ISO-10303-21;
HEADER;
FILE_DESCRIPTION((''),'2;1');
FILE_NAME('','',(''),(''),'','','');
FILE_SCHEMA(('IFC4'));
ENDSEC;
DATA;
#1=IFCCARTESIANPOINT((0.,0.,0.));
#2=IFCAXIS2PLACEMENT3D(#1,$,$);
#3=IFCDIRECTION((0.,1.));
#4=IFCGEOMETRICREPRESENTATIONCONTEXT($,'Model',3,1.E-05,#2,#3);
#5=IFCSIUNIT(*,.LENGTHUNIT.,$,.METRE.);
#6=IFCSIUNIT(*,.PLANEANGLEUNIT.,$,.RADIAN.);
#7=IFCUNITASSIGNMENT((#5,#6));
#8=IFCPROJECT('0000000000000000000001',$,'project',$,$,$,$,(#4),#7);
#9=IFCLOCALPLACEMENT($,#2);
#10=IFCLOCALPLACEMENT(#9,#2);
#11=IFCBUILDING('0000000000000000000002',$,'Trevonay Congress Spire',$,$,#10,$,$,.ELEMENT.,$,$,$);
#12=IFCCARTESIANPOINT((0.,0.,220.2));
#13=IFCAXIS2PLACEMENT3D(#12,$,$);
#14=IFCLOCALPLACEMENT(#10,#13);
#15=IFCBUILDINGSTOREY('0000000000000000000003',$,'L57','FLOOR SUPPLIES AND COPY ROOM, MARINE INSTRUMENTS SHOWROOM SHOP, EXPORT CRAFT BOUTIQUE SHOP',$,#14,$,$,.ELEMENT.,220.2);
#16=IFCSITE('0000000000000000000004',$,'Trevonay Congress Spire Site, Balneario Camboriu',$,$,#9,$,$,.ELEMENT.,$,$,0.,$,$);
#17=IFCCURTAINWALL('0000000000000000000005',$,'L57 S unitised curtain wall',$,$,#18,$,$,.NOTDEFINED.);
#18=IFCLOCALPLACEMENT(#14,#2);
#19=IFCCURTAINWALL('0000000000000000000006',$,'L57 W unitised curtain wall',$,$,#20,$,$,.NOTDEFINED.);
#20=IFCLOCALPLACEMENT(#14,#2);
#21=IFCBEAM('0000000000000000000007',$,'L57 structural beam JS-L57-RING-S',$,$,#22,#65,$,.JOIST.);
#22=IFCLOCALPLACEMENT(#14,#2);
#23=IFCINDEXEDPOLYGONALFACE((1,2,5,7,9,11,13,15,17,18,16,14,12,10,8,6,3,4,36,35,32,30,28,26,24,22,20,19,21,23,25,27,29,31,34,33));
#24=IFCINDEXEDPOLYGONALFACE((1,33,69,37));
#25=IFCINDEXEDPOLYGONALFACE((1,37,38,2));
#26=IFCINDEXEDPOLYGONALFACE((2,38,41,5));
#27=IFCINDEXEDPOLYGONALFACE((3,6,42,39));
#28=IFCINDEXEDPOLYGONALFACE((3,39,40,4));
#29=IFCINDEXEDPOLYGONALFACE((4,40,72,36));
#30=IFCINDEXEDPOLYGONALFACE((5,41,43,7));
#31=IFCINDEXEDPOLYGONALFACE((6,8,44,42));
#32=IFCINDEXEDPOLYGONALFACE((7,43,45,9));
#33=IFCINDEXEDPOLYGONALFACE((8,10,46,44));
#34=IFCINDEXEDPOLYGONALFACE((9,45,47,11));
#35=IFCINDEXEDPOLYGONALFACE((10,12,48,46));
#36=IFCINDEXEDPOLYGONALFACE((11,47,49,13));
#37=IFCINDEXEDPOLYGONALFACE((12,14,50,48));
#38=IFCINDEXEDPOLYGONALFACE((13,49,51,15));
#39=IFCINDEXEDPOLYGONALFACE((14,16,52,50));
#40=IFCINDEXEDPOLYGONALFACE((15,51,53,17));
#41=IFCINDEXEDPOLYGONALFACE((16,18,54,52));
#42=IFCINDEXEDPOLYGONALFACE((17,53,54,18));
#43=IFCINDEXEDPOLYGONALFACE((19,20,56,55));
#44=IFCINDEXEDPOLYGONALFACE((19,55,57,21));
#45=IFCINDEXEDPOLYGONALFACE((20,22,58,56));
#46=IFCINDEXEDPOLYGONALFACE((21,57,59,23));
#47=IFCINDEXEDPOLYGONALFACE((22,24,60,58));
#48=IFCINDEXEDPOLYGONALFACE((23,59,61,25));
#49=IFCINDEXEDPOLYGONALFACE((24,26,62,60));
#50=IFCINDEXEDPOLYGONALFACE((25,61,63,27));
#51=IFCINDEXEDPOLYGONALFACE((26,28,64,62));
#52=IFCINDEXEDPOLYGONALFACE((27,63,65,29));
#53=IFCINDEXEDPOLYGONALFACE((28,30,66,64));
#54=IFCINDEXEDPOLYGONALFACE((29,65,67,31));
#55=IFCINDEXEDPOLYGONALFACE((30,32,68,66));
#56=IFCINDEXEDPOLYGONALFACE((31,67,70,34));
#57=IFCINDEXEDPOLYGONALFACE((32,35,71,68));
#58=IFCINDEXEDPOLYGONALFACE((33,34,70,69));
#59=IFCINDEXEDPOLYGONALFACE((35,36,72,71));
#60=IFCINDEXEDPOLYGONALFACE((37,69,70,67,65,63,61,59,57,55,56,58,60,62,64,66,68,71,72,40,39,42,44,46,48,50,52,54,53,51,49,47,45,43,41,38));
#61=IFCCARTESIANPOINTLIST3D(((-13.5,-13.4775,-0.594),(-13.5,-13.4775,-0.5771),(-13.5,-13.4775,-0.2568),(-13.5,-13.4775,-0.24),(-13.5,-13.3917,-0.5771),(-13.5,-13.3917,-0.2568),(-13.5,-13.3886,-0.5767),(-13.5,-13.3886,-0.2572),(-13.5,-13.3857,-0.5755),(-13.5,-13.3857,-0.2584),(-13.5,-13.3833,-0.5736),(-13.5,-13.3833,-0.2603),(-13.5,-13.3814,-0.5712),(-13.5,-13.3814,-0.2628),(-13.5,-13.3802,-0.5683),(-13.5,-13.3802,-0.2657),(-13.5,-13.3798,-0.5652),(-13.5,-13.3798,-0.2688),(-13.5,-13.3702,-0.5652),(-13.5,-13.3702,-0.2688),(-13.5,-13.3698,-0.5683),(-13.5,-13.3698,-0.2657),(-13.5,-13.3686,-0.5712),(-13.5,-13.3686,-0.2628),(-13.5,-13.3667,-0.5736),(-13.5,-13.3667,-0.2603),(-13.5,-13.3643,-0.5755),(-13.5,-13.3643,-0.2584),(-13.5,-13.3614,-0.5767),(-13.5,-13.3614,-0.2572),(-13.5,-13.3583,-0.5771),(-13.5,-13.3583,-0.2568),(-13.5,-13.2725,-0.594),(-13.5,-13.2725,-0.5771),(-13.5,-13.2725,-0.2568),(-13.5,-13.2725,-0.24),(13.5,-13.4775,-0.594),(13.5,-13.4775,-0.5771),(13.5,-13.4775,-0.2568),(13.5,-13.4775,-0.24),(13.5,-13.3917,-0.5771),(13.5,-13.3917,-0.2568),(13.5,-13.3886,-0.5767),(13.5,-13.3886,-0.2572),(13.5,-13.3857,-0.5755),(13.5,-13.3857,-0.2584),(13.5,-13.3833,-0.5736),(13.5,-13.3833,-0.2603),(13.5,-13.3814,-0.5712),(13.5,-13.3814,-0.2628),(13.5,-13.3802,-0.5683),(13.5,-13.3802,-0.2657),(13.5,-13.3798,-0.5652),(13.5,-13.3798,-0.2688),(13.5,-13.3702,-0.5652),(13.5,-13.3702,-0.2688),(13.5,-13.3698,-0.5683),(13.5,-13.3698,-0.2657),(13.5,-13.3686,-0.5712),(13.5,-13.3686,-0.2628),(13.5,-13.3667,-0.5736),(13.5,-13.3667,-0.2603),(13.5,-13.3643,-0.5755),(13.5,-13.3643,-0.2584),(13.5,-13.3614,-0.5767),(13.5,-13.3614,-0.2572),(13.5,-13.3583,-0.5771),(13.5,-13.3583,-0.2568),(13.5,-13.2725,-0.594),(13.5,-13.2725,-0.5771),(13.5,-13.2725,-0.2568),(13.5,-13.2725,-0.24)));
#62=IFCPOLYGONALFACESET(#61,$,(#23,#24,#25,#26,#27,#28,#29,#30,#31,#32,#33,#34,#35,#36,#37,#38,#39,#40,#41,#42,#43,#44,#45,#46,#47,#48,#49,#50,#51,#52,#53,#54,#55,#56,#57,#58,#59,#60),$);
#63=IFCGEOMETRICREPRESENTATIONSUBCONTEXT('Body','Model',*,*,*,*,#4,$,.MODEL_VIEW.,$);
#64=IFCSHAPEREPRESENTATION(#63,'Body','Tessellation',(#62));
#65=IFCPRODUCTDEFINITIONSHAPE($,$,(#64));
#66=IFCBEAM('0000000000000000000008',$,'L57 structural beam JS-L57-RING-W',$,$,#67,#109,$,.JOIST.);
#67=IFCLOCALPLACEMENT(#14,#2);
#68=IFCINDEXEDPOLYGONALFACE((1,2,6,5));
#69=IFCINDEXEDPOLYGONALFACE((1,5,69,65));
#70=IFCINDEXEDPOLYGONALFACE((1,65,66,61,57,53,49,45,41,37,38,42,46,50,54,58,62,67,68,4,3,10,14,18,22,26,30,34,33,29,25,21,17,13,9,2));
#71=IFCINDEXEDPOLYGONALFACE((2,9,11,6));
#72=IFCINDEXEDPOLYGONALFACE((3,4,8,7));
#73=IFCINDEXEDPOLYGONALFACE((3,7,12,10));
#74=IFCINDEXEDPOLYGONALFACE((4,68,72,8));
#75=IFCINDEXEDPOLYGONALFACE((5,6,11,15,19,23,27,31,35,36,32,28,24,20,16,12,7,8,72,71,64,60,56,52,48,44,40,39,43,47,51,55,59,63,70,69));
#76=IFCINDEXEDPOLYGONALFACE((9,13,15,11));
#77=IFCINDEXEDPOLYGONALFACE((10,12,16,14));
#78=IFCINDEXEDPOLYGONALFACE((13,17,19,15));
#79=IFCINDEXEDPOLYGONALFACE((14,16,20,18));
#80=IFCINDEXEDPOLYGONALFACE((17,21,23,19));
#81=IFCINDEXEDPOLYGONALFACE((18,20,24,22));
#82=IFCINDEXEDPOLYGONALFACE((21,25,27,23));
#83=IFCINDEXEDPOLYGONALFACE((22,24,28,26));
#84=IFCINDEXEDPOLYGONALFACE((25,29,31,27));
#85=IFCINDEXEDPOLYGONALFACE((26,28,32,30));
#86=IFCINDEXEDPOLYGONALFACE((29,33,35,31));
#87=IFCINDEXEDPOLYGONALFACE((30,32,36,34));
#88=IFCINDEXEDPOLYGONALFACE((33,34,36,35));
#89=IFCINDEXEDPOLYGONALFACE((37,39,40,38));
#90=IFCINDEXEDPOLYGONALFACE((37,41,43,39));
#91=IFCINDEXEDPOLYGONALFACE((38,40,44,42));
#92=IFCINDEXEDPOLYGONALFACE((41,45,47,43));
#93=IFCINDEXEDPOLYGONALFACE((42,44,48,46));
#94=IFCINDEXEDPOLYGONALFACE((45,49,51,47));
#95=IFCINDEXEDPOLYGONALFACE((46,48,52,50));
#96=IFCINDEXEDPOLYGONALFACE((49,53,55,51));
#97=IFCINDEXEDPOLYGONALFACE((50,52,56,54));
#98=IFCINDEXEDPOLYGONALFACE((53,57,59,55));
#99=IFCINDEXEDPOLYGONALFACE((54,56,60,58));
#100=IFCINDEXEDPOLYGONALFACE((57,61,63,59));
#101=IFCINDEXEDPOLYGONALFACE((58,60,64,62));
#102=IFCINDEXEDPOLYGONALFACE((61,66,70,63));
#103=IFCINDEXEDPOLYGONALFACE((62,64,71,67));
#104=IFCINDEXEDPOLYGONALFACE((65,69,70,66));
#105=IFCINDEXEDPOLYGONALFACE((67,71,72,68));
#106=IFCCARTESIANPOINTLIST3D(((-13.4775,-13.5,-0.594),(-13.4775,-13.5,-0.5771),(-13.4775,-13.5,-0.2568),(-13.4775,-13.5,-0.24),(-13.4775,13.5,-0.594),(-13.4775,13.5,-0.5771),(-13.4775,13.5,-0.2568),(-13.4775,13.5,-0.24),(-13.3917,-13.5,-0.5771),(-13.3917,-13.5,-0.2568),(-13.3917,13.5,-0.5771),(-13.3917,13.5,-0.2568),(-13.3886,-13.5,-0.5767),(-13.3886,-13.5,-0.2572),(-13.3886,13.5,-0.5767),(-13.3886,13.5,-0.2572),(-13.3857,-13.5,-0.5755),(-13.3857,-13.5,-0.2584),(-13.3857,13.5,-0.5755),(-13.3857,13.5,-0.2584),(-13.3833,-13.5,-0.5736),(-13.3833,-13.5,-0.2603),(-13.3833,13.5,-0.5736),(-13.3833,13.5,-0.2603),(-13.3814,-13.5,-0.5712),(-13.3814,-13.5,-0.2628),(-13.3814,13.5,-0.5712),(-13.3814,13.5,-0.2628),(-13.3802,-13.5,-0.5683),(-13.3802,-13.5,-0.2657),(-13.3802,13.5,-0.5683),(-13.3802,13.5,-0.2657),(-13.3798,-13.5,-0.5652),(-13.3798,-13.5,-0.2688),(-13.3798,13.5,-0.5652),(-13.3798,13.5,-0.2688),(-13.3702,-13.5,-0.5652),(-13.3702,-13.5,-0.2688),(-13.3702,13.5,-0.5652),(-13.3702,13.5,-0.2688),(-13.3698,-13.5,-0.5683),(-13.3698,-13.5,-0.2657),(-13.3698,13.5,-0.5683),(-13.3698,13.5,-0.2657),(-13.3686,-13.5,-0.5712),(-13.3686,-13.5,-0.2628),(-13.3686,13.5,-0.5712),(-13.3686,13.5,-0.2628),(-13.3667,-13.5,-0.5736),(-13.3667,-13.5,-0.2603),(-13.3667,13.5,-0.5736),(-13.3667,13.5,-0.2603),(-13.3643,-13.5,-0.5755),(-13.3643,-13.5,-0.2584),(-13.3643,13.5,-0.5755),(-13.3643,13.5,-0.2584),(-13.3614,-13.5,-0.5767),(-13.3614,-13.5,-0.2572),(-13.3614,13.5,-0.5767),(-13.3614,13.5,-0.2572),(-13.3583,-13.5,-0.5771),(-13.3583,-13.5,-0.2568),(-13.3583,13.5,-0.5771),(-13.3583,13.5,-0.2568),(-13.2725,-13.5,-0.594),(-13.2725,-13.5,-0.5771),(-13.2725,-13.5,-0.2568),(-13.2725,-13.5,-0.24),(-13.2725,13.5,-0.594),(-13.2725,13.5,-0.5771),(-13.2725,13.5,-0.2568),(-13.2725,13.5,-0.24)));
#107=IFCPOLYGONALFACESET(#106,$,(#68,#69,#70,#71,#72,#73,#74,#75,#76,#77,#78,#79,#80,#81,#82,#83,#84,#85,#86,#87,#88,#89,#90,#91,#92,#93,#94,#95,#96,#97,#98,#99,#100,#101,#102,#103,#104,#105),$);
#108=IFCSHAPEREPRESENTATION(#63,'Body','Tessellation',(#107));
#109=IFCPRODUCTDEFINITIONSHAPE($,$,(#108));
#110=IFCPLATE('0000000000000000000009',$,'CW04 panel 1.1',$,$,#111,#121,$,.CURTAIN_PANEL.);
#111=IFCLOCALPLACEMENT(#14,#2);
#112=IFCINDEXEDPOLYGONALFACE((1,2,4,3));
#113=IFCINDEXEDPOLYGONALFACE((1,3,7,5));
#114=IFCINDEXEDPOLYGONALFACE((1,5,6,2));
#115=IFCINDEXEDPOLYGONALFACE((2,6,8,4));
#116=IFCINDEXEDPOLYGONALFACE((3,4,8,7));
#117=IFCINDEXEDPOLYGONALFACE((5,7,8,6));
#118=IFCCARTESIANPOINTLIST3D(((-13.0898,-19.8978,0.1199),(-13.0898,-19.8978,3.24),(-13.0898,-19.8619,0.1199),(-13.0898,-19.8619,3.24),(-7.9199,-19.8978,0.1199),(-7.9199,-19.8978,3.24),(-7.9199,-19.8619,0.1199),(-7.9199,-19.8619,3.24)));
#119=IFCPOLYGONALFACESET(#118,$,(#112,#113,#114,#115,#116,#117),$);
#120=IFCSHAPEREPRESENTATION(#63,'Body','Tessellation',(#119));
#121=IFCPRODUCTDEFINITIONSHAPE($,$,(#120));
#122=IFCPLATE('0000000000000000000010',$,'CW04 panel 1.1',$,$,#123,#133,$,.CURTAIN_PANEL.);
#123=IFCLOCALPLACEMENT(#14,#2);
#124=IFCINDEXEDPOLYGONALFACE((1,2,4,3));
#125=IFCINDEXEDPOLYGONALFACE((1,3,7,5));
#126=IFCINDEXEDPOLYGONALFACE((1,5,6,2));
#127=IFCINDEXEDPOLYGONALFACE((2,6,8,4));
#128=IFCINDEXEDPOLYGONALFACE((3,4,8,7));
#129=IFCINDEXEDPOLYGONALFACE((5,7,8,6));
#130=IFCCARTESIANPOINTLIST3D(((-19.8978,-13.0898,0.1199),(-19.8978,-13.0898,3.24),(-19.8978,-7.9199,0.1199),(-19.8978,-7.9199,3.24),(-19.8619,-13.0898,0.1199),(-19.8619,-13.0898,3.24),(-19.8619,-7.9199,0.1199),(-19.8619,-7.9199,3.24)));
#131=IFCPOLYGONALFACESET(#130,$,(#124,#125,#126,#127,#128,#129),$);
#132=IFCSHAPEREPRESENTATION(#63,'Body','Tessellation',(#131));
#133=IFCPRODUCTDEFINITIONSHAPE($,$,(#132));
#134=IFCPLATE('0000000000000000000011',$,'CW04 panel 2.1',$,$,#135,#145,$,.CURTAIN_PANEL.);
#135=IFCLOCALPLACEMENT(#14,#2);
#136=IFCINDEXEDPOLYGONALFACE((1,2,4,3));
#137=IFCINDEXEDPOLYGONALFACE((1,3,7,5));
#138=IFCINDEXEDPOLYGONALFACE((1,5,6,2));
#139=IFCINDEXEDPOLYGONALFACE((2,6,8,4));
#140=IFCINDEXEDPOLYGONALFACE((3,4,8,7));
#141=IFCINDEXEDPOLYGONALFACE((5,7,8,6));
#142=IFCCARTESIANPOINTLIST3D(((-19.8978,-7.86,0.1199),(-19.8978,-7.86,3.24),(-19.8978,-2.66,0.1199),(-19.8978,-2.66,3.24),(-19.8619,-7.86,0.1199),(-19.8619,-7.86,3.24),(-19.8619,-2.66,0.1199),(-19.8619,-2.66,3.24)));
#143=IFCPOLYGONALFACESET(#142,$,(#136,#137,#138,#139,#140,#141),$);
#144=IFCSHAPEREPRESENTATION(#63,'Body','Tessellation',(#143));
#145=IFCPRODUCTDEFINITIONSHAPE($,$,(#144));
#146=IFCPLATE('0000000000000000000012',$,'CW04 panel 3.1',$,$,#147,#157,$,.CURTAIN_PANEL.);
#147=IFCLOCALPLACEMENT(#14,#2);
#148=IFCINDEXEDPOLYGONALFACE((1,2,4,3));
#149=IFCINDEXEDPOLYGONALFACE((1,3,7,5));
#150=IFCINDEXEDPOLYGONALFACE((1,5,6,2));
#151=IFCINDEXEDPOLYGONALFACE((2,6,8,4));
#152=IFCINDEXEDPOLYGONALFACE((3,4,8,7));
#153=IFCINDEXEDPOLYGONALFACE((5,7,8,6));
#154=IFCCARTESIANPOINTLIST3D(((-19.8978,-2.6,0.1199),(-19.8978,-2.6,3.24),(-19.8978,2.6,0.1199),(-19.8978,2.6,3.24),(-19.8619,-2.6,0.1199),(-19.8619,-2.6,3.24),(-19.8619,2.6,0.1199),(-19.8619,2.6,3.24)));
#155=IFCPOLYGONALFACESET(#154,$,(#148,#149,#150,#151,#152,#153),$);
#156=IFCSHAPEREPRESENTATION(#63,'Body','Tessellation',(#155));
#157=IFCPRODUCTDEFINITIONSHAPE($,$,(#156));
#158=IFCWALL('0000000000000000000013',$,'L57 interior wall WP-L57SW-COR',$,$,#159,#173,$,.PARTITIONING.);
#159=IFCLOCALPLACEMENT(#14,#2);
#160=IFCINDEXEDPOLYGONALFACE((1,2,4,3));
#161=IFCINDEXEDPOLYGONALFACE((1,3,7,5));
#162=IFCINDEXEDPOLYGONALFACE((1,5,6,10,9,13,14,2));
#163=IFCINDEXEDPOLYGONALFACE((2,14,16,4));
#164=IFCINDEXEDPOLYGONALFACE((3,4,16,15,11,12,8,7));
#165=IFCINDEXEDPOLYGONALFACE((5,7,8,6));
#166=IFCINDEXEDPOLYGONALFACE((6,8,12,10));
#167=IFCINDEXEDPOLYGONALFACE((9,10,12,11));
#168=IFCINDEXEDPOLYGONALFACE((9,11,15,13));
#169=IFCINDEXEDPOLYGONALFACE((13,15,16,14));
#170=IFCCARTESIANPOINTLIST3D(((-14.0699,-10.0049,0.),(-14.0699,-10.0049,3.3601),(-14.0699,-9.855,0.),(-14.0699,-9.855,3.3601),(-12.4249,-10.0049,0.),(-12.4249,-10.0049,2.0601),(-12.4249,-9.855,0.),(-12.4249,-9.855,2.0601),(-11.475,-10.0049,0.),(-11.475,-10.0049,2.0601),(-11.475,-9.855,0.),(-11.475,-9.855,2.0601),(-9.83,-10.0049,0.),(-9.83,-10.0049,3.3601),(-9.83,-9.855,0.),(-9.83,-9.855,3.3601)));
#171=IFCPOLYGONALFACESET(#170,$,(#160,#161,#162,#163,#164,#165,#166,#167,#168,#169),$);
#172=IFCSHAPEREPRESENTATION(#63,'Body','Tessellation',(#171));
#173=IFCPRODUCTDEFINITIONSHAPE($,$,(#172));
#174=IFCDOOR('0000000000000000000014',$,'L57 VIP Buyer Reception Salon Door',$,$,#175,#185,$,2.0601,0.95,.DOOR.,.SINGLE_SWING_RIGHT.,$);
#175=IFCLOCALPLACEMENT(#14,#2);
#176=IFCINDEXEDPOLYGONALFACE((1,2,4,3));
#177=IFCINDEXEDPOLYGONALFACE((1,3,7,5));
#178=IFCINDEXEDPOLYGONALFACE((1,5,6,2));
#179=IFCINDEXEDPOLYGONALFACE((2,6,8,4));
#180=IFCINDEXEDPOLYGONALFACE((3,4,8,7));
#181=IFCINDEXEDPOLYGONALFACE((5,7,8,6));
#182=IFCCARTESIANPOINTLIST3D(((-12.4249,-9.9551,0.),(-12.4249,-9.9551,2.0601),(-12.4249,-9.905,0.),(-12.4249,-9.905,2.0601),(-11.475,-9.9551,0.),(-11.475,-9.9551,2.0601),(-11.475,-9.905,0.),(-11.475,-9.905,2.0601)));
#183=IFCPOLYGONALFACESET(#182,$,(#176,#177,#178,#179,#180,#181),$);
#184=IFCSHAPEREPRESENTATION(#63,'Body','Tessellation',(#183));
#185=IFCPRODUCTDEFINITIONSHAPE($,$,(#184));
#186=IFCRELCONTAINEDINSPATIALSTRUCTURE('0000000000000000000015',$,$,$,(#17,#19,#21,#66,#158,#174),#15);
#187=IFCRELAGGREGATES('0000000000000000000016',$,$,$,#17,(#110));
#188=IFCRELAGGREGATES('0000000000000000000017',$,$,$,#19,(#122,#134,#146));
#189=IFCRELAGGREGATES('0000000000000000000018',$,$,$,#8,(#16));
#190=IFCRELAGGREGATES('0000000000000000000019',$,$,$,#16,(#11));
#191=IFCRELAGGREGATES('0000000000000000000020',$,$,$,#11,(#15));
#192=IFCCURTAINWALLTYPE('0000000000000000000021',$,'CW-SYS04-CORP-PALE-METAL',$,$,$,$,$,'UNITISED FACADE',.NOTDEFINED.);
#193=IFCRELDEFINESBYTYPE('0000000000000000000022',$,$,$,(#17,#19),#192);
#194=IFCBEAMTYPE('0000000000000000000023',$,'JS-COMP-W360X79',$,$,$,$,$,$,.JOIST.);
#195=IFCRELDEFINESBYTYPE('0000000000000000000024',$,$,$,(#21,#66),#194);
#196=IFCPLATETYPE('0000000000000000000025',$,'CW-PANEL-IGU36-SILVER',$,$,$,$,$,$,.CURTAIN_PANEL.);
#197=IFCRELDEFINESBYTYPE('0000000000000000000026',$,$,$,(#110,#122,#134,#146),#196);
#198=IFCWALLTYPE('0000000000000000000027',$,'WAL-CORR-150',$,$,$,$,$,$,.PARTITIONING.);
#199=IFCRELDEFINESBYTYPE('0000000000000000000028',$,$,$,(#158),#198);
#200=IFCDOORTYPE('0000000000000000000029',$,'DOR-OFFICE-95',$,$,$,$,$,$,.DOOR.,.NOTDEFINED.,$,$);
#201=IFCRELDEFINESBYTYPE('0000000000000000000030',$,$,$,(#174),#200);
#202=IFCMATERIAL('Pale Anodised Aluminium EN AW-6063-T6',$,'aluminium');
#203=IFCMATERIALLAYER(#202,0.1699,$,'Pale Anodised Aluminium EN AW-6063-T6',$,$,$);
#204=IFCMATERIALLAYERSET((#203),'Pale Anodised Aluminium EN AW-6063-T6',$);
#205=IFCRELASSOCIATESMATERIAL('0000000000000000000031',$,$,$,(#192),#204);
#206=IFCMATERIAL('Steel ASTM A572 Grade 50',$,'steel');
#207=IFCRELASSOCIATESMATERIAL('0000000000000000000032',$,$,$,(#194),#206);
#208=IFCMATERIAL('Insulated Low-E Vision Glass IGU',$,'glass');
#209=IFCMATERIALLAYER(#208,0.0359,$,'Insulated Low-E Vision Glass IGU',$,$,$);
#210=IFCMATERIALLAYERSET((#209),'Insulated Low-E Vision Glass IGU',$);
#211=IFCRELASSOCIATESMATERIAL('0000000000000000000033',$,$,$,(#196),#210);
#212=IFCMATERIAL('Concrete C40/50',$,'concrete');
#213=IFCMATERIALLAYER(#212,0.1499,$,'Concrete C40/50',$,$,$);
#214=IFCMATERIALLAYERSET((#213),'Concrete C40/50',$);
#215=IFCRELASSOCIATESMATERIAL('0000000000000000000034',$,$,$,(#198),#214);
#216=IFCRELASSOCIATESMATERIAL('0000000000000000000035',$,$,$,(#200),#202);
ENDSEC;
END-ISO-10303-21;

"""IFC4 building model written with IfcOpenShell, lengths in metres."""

from ifc_helpers import new_model, si_unit, direction, frame, frame_2d, origin, origin_2d, place, context, subcontext, project, spatial, rectangle, i_section, extrude, material, layer, layer_set, material_profile, profile_set, type_object, element, fill, aggregate, save


model = new_model("IFC4")

# Units and contexts
model_context = context("Model", 3, precision=1e-05, world=origin(), true_north=direction((0.0, 1.0)))
body_context = subcontext(model_context, "Body", "Model", "MODEL_VIEW")
ifc_project = project(units=[si_unit("LENGTHUNIT", "METRE"), si_unit("PLANEANGLEUNIT", "RADIAN")], contexts=[model_context])

# Site, building, storey
site_placement = place(None, origin())
site = spatial("IfcSite", under=ifc_project, at=site_placement, Name="Trevonay Congress Spire Site, Balneario Camboriu", CompositionType="ELEMENT", RefElevation=0.0)
building_placement = place(site_placement, origin())
building = spatial("IfcBuilding", under=site, at=building_placement, Name="Trevonay Congress Spire", CompositionType="ELEMENT")
storey_placement = place(building_placement, frame((0.0, 0.0, 220.2)))
storey = spatial("IfcBuildingStorey", under=building, at=storey_placement, Name="L57", Description="FLOOR SUPPLIES AND COPY ROOM, MARINE INSTRUMENTS SHOWROOM SHOP, EXPORT CRAFT BOUTIQUE SHOP", CompositionType="ELEMENT", Elevation=220.2)

# Shared definitions
ifc_material_1 = material(Name="Steel ASTM A572 Grade 50", Category="steel")

# Curtain wall
ifc_material_2 = material(Name="Pale Anodised Aluminium EN AW-6063-T6", Category="aluminium")
ifc_layer_1 = layer(ifc_material_2, 0.1699, Name="Pale Anodised Aluminium EN AW-6063-T6")
ifc_layer_set_1 = layer_set([ifc_layer_1], Name="Pale Anodised Aluminium EN AW-6063-T6")
curtain_wall_type = type_object("IfcCurtainWallType", Name="CW-SYS04-CORP-PALE-METAL", ElementType="UNITISED FACADE", PredefinedType="NOTDEFINED", material=ifc_layer_set_1)
curtain_wall_1_placement = place(storey_placement, origin())
curtain_wall_1 = element("IfcCurtainWall", 1, at=curtain_wall_1_placement, inside=storey, type_object=curtain_wall_type, Name="L57 S unitised curtain wall", PredefinedType="NOTDEFINED")

# Curtain wall
curtain_wall_2_placement = place(storey_placement, origin())
curtain_wall_2 = element("IfcCurtainWall", 2, at=curtain_wall_2_placement, inside=storey, type_object=curtain_wall_type, Name="L57 W unitised curtain wall", PredefinedType="NOTDEFINED")

# Beams
ifc_material_profile_1 = material_profile(ifc_material_1, i_section(OverallWidth=0.2051, OverallDepth=0.354, WebThickness=0.0095, FlangeThickness=0.0168, FilletRadius=0.012, at=origin_2d()), Name="W360x79")
ifc_profile_set_1 = profile_set([ifc_material_profile_1], Name="Steel ASTM A572 Grade 50")
beam_type_1 = type_object("IfcBeamType", Name="JS-COMP-W360X79", PredefinedType="JOIST", material=ifc_profile_set_1)
for number, where, z_axis, x_axis, name in (
    (3, (-13.5, -13.375, -0.417), (1.0, 0.0, 0.0), (0.0, 1.0, 0.0), "L57 structural beam JS-L57-RING-S"),
    (4, (-13.375, -13.5, -0.417), (0.0, 1.0, 0.0), (-1.0, 0.0, 0.0), "L57 structural beam JS-L57-RING-W"),
):
    element("IfcBeam", number, at=place(storey_placement, frame(where, z_axis=z_axis, x_axis=x_axis)), inside=storey, type_object=beam_type_1, Name=name, PredefinedType="JOIST", context=body_context, shape_type="SweptSolid", body=[
        extrude(i_section(OverallWidth=0.2051, OverallDepth=0.354, WebThickness=0.0095, FlangeThickness=0.0168, FilletRadius=0.012, at=origin_2d()), origin(), (0.0, 0.0, 1.0), 27.0),
    ])

# Plates
ifc_material_3 = material(Name="Insulated Low-E Vision Glass IGU", Category="glass")
ifc_layer_2 = layer(ifc_material_3, 0.0359, Name="Insulated Low-E Vision Glass IGU")
ifc_layer_set_2 = layer_set([ifc_layer_2], Name="Insulated Low-E Vision Glass IGU")
plate_type = type_object("IfcPlateType", Name="CW-PANEL-IGU36-SILVER", PredefinedType="CURTAIN_PANEL", material=ifc_layer_set_2)
plate_1_placement = place(storey_placement, frame((-10.5049, -19.8799, 0.1199), z_axis=(0.0, 0.0, 1.0), x_axis=(1.0, 0.0, 0.0)))
plate_1 = element("IfcPlate", 5, at=plate_1_placement, type_object=plate_type, Name="CW04 panel 1.1", PredefinedType="CURTAIN_PANEL", context=body_context, shape_type="SweptSolid", body=[
    extrude(rectangle(XDim=5.1699, YDim=0.0359, at=origin_2d()), origin(), (0.0, 0.0, 1.0), 3.1201),
])
aggregate(curtain_wall_1, [plate_1])
plate_2_placement = place(storey_placement, frame((-19.8799, -10.5049, 0.1199), z_axis=(0.0, 0.0, 1.0), x_axis=(0.0, 1.0, 0.0)))
plate_2 = element("IfcPlate", 6, at=plate_2_placement, type_object=plate_type, Name="CW04 panel 1.1", PredefinedType="CURTAIN_PANEL", context=body_context, shape_type="SweptSolid", body=[
    extrude(rectangle(XDim=5.1699, YDim=0.0359, at=origin_2d()), origin(), (0.0, 0.0, 1.0), 3.1201),
])
plate_3_placement = place(storey_placement, frame((-19.8799, -5.26, 0.1199), z_axis=(0.0, 0.0, 1.0), x_axis=(0.0, 1.0, 0.0)))
plate_3 = element("IfcPlate", 7, at=plate_3_placement, type_object=plate_type, Name="CW04 panel 2.1", PredefinedType="CURTAIN_PANEL", context=body_context, shape_type="SweptSolid", body=[
    extrude(rectangle(XDim=5.2, YDim=0.0359, at=origin_2d()), origin(), (0.0, 0.0, 1.0), 3.1201),
])
plate_4_placement = place(storey_placement, frame((-19.8799, 0.0, 0.1199), z_axis=(0.0, 0.0, 1.0), x_axis=(0.0, 1.0, 0.0)))
plate_4 = element("IfcPlate", 8, at=plate_4_placement, type_object=plate_type, Name="CW04 panel 3.1", PredefinedType="CURTAIN_PANEL", context=body_context, shape_type="SweptSolid", body=[
    extrude(rectangle(XDim=5.2, YDim=0.0359, at=origin_2d()), origin(), (0.0, 0.0, 1.0), 3.1201),
])
aggregate(curtain_wall_2, [plate_2, plate_3, plate_4])

# Wall, opening, door
ifc_material_4 = material(Name="Concrete C40/50", Category="concrete")
ifc_layer_3 = layer(ifc_material_4, 0.1499, Name="Concrete C40/50")
ifc_layer_set_3 = layer_set([ifc_layer_3], Name="Concrete C40/50")
wall_type_1 = type_object("IfcWallType", Name="WAL-CORR-150", PredefinedType="PARTITIONING", material=ifc_layer_set_3)
wall_1_placement = place(storey_placement, frame((-14.0701, -9.9299, 0.0), z_axis=(0.0, 0.0, 1.0), x_axis=(1.0, 0.0, 0.0)))
wall_1 = element("IfcWall", 9, at=wall_1_placement, inside=storey, type_object=wall_type_1, Name="L57 interior wall WP-L57SW-COR", PredefinedType="PARTITIONING", context=body_context, shape_type="SweptSolid", body=[
    extrude(rectangle(XDim=4.24, YDim=0.1499, at=frame_2d((2.1201, 0.0))), origin(), (0.0, 0.0, 1.0), 3.3601),
])
opening_1_placement = place(wall_1_placement, frame((1.645, 0.0, 0.0)))
opening_1 = element("IfcOpeningElement", 10, at=opening_1_placement, cuts=wall_1, PredefinedType="OPENING", context=body_context, shape_type="SweptSolid", body=[
    extrude(rectangle(XDim=0.95, YDim=2.0601, at=frame_2d((0.4751, 1.03))), frame((0.0, 0.085, 0.0), z_axis=(0.0, -1.0, 0.0), x_axis=(1.0, 0.0, 0.0)), (0.0, 0.0, 1.0), 0.1699),
])
door_type = type_object("IfcDoorType", Name="DOR-OFFICE-95", OperationType="NOTDEFINED", PredefinedType="DOOR", material=ifc_material_2)
door_placement = place(opening_1_placement, origin())
door = element("IfcDoor", 11, at=door_placement, inside=storey, type_object=door_type, Name="L57 VIP Buyer Reception Salon Door", OperationType="SINGLE_SWING_RIGHT", OverallHeight=2.0601, OverallWidth=0.95, PredefinedType="DOOR", context=body_context, shape_type="SweptSolid", body=[
    extrude(rectangle(XDim=0.95, YDim=2.0601, at=frame_2d((0.4751, 1.03))), frame((0.0, 0.0249, 0.0), z_axis=(0.0, -1.0, 0.0), x_axis=(1.0, 0.0, 0.0)), (0.0, 0.0, 1.0), 0.05),
])
fill(opening_1, door)

save(model, "model.ifc")
